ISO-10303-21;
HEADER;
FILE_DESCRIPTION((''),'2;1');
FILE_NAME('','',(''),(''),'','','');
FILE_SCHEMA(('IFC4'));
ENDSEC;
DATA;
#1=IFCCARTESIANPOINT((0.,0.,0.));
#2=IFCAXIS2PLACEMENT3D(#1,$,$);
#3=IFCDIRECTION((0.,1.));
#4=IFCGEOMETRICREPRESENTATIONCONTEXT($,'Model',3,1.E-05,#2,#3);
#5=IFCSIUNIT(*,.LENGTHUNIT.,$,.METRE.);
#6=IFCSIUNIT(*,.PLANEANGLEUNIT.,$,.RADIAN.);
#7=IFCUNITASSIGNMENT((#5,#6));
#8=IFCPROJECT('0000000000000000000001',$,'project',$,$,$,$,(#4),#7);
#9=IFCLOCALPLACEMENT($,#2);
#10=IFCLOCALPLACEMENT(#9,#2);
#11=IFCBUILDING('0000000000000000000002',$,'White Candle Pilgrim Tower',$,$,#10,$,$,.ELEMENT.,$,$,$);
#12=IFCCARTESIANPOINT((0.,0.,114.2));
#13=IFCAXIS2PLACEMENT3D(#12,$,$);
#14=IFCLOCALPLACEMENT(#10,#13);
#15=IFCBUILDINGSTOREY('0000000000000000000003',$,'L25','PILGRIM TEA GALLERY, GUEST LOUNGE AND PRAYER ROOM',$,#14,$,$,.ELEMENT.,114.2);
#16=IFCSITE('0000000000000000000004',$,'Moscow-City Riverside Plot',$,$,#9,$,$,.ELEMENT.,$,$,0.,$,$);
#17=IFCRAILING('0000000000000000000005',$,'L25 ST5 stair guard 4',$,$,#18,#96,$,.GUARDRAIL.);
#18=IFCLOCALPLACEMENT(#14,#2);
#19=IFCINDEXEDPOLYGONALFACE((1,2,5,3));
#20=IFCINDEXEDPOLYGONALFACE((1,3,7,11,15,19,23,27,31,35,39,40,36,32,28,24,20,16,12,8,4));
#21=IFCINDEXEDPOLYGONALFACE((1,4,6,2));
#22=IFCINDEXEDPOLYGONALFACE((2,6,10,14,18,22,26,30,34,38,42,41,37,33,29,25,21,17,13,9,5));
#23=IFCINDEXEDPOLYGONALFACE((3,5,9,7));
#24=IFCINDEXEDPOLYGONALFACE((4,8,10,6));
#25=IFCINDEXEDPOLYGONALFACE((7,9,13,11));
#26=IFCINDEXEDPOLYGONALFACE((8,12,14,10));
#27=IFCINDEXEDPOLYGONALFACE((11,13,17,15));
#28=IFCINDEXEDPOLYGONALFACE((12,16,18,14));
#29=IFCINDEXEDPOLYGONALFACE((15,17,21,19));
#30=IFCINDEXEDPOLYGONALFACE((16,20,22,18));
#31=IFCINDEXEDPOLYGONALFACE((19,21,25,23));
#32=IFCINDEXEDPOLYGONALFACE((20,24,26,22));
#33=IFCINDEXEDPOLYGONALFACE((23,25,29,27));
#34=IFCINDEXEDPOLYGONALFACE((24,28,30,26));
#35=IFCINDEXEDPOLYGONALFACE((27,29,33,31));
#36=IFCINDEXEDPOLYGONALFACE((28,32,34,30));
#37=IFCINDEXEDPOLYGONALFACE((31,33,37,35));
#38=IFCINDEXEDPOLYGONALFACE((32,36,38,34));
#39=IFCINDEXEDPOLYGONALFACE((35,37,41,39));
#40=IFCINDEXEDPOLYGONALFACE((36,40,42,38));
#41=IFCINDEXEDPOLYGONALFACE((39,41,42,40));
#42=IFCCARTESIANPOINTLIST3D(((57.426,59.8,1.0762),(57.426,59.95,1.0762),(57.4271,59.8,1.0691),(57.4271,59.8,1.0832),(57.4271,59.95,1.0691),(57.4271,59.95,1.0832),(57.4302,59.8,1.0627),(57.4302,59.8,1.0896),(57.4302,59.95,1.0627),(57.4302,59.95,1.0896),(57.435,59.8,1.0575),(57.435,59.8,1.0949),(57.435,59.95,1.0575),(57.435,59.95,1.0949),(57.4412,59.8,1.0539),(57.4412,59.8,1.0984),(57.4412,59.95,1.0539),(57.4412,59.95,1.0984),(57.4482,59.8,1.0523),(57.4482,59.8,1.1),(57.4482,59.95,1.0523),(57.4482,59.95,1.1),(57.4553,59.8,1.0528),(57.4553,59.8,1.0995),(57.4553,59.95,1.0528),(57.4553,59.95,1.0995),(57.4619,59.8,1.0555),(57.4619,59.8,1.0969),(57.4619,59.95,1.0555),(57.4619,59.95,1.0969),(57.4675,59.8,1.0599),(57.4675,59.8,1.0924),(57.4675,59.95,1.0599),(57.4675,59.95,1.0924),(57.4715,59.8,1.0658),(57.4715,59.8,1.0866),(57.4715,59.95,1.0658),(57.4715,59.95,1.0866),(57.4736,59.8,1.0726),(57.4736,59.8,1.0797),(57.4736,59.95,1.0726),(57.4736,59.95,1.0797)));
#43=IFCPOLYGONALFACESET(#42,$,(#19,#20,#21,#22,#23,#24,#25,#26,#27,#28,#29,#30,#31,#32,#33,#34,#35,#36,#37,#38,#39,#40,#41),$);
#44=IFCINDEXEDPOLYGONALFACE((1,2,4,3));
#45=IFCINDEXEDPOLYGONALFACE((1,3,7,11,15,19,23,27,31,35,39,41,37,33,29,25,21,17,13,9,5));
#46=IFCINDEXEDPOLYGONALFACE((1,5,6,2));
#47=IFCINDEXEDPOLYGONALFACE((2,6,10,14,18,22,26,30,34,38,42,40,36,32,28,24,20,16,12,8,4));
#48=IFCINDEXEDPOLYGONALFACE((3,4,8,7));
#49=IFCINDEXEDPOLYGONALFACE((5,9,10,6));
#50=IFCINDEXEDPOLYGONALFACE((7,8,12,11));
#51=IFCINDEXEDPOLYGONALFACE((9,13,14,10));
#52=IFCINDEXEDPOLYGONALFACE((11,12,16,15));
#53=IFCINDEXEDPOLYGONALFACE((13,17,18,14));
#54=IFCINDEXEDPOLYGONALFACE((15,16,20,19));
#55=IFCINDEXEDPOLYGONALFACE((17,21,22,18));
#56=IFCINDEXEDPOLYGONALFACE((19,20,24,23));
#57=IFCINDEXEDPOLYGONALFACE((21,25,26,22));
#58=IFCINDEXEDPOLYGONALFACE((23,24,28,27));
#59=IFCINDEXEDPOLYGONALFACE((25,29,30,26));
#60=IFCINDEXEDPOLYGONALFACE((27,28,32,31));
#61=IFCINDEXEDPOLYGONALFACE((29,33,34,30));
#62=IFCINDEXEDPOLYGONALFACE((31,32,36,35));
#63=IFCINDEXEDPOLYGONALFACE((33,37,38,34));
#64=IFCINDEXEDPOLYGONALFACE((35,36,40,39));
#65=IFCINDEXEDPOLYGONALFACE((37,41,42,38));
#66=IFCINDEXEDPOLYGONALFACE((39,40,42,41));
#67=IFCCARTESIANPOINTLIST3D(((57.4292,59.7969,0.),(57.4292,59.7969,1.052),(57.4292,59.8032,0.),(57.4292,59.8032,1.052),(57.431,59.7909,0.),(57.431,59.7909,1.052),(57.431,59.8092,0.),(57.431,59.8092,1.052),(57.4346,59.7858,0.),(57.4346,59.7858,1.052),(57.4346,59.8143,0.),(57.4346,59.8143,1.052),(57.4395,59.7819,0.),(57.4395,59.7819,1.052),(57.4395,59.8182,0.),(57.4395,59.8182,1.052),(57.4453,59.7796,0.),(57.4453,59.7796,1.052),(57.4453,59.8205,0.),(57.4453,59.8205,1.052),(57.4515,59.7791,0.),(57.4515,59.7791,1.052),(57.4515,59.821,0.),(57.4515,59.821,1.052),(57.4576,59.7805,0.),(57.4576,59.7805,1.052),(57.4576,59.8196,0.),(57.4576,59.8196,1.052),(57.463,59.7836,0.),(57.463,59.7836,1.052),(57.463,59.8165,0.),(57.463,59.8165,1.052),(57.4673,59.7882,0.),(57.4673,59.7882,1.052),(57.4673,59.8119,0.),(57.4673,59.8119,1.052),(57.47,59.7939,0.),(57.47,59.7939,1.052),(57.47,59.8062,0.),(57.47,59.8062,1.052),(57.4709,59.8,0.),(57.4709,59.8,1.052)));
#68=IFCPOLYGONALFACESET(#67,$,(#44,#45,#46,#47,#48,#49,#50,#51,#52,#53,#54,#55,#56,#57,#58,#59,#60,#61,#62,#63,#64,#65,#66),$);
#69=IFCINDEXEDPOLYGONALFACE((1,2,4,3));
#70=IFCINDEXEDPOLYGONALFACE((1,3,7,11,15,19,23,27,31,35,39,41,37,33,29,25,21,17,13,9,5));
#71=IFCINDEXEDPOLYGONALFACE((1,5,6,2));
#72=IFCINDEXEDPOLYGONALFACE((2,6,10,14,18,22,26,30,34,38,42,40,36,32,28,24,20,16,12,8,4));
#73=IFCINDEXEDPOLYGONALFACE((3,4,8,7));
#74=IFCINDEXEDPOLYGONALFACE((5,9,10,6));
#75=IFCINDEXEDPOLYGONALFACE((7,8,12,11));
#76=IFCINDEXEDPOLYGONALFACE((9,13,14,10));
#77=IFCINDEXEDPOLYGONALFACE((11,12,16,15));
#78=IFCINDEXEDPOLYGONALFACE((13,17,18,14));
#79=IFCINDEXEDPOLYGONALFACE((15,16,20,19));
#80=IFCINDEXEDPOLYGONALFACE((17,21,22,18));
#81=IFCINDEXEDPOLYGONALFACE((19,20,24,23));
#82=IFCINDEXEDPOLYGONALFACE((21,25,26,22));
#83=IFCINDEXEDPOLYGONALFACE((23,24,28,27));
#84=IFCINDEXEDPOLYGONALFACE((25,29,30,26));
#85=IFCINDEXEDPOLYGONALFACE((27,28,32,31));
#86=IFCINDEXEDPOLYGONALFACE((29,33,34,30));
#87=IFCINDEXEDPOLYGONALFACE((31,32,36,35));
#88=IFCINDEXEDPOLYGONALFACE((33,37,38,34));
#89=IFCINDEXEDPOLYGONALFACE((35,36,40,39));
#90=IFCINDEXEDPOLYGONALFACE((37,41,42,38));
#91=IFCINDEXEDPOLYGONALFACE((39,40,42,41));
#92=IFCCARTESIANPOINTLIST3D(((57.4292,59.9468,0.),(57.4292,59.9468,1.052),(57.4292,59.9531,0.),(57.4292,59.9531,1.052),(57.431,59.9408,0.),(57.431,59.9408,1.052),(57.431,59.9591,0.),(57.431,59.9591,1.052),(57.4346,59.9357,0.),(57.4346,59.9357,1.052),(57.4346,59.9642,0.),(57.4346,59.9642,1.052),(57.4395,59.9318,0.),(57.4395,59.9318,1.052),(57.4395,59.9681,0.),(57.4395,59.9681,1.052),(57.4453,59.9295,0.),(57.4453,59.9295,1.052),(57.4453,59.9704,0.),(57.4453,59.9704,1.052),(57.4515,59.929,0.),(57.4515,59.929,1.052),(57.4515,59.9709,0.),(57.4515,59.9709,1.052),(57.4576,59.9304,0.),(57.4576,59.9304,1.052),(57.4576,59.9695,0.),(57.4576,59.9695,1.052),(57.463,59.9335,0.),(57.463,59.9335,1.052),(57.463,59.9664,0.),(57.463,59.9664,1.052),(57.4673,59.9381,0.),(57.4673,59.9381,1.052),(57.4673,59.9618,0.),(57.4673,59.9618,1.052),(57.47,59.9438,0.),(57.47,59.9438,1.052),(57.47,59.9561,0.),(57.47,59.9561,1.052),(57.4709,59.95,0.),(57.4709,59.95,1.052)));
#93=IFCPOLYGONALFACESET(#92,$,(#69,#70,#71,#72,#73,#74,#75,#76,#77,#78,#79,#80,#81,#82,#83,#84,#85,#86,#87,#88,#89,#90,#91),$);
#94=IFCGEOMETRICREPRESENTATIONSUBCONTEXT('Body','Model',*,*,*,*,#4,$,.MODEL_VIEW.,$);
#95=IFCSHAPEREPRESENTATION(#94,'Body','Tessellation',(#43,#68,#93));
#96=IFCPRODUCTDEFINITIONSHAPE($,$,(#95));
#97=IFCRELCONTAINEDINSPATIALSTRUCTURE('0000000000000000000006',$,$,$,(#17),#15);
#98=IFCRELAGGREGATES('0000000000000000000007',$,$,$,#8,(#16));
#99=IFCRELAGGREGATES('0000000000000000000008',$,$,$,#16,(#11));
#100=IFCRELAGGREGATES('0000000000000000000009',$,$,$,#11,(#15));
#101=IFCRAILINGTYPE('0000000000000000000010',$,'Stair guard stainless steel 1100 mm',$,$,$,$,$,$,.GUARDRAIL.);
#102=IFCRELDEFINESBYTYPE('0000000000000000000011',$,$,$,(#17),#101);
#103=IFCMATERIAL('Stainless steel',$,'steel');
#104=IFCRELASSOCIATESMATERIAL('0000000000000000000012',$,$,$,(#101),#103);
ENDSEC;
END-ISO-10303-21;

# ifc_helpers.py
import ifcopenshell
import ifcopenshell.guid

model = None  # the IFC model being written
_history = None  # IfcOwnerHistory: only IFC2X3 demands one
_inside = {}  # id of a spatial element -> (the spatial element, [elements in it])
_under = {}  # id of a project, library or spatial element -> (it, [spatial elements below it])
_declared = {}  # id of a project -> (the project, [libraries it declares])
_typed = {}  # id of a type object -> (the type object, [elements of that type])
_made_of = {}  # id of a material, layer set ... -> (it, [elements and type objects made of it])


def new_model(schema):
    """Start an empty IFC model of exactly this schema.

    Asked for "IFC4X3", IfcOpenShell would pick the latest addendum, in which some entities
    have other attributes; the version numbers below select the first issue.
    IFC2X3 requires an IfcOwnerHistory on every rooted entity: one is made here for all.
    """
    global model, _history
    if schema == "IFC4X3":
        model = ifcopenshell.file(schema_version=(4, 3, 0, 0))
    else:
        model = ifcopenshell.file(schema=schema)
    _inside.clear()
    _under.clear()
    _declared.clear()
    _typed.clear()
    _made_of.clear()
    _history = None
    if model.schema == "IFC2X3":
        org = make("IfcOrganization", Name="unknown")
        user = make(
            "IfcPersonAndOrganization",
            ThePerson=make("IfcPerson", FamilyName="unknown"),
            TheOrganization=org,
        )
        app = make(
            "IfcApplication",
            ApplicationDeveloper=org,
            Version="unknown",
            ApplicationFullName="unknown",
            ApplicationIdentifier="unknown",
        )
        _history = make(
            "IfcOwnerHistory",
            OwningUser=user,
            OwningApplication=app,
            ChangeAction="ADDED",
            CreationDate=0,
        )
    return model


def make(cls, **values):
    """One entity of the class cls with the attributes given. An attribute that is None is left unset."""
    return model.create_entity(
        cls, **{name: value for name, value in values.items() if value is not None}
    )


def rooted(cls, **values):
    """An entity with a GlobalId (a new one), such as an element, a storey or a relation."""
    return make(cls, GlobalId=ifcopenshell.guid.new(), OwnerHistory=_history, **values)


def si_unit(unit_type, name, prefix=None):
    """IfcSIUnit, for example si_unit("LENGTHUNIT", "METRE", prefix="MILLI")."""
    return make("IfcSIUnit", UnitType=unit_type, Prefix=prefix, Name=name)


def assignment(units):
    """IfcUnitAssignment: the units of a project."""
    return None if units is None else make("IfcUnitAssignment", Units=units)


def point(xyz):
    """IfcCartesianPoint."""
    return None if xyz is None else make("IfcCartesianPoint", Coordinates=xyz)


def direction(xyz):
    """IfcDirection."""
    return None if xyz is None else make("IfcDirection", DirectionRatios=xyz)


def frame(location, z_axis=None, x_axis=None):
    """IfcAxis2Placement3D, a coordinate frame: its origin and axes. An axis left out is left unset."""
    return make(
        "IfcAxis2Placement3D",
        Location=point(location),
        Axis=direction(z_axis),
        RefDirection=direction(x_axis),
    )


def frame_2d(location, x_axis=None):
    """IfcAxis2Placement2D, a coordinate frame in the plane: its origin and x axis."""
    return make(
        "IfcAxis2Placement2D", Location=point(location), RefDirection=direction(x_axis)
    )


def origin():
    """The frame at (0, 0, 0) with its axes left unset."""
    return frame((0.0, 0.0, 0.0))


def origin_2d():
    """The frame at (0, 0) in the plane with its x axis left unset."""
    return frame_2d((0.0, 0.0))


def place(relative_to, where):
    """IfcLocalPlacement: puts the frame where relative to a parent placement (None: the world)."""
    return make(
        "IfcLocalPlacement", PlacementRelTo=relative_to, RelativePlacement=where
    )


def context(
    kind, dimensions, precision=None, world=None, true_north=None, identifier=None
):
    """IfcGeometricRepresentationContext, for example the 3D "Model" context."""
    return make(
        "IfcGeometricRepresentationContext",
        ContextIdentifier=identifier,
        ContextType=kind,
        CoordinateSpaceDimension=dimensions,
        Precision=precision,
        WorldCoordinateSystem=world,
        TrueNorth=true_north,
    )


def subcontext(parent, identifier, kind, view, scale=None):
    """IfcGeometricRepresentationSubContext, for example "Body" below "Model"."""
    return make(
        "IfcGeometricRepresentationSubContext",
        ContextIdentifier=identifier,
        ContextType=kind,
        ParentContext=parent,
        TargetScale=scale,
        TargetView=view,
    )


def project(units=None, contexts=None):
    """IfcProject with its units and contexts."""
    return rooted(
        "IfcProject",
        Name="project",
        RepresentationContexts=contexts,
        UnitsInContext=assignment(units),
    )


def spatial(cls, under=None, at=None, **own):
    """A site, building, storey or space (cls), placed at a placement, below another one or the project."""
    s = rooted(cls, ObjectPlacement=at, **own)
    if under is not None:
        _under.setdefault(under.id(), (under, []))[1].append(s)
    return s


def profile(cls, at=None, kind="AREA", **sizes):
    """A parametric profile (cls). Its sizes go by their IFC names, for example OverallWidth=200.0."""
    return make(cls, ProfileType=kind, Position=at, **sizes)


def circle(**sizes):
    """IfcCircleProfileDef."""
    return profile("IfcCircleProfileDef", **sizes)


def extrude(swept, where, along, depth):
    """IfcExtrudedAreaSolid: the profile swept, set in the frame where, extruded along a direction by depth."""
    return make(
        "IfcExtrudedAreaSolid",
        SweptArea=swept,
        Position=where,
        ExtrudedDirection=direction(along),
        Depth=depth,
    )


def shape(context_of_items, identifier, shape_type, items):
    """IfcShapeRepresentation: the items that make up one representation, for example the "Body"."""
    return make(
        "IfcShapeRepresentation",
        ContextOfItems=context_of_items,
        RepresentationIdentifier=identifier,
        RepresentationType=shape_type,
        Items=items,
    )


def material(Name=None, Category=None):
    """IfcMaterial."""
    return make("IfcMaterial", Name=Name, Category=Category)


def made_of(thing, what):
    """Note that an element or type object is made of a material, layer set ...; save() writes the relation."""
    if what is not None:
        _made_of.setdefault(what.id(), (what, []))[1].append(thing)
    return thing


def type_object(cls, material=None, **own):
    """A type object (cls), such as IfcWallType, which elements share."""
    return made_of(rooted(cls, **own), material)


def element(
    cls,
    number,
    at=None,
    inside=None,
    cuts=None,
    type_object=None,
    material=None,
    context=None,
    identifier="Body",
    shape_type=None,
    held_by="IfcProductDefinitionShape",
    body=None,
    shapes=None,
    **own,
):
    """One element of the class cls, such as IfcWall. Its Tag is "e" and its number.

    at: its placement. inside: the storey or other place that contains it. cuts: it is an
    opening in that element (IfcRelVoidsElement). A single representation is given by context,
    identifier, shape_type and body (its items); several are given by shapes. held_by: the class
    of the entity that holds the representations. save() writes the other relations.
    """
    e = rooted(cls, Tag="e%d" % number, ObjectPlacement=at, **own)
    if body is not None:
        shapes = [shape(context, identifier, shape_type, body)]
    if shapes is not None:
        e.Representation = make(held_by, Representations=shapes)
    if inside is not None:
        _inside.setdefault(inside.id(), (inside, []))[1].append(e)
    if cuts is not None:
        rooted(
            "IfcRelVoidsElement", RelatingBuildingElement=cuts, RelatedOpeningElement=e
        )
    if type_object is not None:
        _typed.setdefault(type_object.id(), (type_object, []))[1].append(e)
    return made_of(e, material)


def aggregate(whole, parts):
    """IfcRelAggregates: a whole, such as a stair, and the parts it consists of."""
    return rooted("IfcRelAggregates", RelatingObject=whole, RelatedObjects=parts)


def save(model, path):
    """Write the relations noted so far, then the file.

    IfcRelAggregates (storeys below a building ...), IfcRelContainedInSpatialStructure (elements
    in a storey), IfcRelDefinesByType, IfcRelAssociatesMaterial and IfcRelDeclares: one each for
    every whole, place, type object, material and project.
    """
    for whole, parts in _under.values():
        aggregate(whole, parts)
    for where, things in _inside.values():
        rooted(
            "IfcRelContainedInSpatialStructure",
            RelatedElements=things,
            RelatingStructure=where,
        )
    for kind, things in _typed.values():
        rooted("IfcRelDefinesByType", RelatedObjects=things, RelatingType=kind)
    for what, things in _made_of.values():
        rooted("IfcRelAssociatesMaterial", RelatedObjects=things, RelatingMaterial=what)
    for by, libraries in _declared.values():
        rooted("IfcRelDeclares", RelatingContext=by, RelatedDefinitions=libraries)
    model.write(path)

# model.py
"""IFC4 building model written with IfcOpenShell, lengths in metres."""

from ifc_helpers import new_model, si_unit, direction, frame, origin, origin_2d, place, context, subcontext, project, spatial, circle, extrude, material, type_object, element, save


model = new_model("IFC4")

# Units and contexts
model_context = context("Model", 3, precision=1e-05, world=origin(), true_north=direction((0.0, 1.0)))
body_context = subcontext(model_context, "Body", "Model", "MODEL_VIEW")
ifc_project = project(units=[si_unit("LENGTHUNIT", "METRE"), si_unit("PLANEANGLEUNIT", "RADIAN")], contexts=[model_context])

# Site, building, storey
site_placement = place(None, origin())
site = spatial("IfcSite", under=ifc_project, at=site_placement, Name="Moscow-City Riverside Plot", CompositionType="ELEMENT", RefElevation=0.0)
building_placement = place(site_placement, origin())
building = spatial("IfcBuilding", under=site, at=building_placement, Name="White Candle Pilgrim Tower", CompositionType="ELEMENT")
storey_placement = place(building_placement, frame((0.0, 0.0, 114.2)))
storey = spatial("IfcBuildingStorey", under=building, at=storey_placement, Name="L25", Description="PILGRIM TEA GALLERY, GUEST LOUNGE AND PRAYER ROOM", CompositionType="ELEMENT", Elevation=114.2)

# Railing
ifc_material_1 = material(Name="Stainless steel", Category="steel")
railing_type_1 = type_object("IfcRailingType", Name="Stair guard stainless steel 1100 mm", PredefinedType="GUARDRAIL", material=ifc_material_1)
railing_1_placement = place(storey_placement, frame((57.45, 59.8, 0.0)))
element("IfcRailing", 1, at=railing_1_placement, inside=storey, type_object=railing_type_1, Name="L25 ST5 stair guard 4", PredefinedType="GUARDRAIL", context=body_context, shape_type="SweptSolid", body=[
    extrude(circle(Radius=0.0239, at=origin_2d()), frame((0.0, 0.0, 1.0762), z_axis=(0.0, 1.0, 0.0), x_axis=(-1.0, 0.0, 0.0)), (0.0, 0.0, 1.0), 0.1499),
    extrude(circle(Radius=0.021, at=origin_2d()), origin(), (0.0, 0.0, 1.0), 1.052),
    extrude(circle(Radius=0.021, at=origin_2d()), frame((0.0, 0.1499, 0.0)), (0.0, 0.0, 1.0), 1.052),
])

save(model, "model.ifc")
